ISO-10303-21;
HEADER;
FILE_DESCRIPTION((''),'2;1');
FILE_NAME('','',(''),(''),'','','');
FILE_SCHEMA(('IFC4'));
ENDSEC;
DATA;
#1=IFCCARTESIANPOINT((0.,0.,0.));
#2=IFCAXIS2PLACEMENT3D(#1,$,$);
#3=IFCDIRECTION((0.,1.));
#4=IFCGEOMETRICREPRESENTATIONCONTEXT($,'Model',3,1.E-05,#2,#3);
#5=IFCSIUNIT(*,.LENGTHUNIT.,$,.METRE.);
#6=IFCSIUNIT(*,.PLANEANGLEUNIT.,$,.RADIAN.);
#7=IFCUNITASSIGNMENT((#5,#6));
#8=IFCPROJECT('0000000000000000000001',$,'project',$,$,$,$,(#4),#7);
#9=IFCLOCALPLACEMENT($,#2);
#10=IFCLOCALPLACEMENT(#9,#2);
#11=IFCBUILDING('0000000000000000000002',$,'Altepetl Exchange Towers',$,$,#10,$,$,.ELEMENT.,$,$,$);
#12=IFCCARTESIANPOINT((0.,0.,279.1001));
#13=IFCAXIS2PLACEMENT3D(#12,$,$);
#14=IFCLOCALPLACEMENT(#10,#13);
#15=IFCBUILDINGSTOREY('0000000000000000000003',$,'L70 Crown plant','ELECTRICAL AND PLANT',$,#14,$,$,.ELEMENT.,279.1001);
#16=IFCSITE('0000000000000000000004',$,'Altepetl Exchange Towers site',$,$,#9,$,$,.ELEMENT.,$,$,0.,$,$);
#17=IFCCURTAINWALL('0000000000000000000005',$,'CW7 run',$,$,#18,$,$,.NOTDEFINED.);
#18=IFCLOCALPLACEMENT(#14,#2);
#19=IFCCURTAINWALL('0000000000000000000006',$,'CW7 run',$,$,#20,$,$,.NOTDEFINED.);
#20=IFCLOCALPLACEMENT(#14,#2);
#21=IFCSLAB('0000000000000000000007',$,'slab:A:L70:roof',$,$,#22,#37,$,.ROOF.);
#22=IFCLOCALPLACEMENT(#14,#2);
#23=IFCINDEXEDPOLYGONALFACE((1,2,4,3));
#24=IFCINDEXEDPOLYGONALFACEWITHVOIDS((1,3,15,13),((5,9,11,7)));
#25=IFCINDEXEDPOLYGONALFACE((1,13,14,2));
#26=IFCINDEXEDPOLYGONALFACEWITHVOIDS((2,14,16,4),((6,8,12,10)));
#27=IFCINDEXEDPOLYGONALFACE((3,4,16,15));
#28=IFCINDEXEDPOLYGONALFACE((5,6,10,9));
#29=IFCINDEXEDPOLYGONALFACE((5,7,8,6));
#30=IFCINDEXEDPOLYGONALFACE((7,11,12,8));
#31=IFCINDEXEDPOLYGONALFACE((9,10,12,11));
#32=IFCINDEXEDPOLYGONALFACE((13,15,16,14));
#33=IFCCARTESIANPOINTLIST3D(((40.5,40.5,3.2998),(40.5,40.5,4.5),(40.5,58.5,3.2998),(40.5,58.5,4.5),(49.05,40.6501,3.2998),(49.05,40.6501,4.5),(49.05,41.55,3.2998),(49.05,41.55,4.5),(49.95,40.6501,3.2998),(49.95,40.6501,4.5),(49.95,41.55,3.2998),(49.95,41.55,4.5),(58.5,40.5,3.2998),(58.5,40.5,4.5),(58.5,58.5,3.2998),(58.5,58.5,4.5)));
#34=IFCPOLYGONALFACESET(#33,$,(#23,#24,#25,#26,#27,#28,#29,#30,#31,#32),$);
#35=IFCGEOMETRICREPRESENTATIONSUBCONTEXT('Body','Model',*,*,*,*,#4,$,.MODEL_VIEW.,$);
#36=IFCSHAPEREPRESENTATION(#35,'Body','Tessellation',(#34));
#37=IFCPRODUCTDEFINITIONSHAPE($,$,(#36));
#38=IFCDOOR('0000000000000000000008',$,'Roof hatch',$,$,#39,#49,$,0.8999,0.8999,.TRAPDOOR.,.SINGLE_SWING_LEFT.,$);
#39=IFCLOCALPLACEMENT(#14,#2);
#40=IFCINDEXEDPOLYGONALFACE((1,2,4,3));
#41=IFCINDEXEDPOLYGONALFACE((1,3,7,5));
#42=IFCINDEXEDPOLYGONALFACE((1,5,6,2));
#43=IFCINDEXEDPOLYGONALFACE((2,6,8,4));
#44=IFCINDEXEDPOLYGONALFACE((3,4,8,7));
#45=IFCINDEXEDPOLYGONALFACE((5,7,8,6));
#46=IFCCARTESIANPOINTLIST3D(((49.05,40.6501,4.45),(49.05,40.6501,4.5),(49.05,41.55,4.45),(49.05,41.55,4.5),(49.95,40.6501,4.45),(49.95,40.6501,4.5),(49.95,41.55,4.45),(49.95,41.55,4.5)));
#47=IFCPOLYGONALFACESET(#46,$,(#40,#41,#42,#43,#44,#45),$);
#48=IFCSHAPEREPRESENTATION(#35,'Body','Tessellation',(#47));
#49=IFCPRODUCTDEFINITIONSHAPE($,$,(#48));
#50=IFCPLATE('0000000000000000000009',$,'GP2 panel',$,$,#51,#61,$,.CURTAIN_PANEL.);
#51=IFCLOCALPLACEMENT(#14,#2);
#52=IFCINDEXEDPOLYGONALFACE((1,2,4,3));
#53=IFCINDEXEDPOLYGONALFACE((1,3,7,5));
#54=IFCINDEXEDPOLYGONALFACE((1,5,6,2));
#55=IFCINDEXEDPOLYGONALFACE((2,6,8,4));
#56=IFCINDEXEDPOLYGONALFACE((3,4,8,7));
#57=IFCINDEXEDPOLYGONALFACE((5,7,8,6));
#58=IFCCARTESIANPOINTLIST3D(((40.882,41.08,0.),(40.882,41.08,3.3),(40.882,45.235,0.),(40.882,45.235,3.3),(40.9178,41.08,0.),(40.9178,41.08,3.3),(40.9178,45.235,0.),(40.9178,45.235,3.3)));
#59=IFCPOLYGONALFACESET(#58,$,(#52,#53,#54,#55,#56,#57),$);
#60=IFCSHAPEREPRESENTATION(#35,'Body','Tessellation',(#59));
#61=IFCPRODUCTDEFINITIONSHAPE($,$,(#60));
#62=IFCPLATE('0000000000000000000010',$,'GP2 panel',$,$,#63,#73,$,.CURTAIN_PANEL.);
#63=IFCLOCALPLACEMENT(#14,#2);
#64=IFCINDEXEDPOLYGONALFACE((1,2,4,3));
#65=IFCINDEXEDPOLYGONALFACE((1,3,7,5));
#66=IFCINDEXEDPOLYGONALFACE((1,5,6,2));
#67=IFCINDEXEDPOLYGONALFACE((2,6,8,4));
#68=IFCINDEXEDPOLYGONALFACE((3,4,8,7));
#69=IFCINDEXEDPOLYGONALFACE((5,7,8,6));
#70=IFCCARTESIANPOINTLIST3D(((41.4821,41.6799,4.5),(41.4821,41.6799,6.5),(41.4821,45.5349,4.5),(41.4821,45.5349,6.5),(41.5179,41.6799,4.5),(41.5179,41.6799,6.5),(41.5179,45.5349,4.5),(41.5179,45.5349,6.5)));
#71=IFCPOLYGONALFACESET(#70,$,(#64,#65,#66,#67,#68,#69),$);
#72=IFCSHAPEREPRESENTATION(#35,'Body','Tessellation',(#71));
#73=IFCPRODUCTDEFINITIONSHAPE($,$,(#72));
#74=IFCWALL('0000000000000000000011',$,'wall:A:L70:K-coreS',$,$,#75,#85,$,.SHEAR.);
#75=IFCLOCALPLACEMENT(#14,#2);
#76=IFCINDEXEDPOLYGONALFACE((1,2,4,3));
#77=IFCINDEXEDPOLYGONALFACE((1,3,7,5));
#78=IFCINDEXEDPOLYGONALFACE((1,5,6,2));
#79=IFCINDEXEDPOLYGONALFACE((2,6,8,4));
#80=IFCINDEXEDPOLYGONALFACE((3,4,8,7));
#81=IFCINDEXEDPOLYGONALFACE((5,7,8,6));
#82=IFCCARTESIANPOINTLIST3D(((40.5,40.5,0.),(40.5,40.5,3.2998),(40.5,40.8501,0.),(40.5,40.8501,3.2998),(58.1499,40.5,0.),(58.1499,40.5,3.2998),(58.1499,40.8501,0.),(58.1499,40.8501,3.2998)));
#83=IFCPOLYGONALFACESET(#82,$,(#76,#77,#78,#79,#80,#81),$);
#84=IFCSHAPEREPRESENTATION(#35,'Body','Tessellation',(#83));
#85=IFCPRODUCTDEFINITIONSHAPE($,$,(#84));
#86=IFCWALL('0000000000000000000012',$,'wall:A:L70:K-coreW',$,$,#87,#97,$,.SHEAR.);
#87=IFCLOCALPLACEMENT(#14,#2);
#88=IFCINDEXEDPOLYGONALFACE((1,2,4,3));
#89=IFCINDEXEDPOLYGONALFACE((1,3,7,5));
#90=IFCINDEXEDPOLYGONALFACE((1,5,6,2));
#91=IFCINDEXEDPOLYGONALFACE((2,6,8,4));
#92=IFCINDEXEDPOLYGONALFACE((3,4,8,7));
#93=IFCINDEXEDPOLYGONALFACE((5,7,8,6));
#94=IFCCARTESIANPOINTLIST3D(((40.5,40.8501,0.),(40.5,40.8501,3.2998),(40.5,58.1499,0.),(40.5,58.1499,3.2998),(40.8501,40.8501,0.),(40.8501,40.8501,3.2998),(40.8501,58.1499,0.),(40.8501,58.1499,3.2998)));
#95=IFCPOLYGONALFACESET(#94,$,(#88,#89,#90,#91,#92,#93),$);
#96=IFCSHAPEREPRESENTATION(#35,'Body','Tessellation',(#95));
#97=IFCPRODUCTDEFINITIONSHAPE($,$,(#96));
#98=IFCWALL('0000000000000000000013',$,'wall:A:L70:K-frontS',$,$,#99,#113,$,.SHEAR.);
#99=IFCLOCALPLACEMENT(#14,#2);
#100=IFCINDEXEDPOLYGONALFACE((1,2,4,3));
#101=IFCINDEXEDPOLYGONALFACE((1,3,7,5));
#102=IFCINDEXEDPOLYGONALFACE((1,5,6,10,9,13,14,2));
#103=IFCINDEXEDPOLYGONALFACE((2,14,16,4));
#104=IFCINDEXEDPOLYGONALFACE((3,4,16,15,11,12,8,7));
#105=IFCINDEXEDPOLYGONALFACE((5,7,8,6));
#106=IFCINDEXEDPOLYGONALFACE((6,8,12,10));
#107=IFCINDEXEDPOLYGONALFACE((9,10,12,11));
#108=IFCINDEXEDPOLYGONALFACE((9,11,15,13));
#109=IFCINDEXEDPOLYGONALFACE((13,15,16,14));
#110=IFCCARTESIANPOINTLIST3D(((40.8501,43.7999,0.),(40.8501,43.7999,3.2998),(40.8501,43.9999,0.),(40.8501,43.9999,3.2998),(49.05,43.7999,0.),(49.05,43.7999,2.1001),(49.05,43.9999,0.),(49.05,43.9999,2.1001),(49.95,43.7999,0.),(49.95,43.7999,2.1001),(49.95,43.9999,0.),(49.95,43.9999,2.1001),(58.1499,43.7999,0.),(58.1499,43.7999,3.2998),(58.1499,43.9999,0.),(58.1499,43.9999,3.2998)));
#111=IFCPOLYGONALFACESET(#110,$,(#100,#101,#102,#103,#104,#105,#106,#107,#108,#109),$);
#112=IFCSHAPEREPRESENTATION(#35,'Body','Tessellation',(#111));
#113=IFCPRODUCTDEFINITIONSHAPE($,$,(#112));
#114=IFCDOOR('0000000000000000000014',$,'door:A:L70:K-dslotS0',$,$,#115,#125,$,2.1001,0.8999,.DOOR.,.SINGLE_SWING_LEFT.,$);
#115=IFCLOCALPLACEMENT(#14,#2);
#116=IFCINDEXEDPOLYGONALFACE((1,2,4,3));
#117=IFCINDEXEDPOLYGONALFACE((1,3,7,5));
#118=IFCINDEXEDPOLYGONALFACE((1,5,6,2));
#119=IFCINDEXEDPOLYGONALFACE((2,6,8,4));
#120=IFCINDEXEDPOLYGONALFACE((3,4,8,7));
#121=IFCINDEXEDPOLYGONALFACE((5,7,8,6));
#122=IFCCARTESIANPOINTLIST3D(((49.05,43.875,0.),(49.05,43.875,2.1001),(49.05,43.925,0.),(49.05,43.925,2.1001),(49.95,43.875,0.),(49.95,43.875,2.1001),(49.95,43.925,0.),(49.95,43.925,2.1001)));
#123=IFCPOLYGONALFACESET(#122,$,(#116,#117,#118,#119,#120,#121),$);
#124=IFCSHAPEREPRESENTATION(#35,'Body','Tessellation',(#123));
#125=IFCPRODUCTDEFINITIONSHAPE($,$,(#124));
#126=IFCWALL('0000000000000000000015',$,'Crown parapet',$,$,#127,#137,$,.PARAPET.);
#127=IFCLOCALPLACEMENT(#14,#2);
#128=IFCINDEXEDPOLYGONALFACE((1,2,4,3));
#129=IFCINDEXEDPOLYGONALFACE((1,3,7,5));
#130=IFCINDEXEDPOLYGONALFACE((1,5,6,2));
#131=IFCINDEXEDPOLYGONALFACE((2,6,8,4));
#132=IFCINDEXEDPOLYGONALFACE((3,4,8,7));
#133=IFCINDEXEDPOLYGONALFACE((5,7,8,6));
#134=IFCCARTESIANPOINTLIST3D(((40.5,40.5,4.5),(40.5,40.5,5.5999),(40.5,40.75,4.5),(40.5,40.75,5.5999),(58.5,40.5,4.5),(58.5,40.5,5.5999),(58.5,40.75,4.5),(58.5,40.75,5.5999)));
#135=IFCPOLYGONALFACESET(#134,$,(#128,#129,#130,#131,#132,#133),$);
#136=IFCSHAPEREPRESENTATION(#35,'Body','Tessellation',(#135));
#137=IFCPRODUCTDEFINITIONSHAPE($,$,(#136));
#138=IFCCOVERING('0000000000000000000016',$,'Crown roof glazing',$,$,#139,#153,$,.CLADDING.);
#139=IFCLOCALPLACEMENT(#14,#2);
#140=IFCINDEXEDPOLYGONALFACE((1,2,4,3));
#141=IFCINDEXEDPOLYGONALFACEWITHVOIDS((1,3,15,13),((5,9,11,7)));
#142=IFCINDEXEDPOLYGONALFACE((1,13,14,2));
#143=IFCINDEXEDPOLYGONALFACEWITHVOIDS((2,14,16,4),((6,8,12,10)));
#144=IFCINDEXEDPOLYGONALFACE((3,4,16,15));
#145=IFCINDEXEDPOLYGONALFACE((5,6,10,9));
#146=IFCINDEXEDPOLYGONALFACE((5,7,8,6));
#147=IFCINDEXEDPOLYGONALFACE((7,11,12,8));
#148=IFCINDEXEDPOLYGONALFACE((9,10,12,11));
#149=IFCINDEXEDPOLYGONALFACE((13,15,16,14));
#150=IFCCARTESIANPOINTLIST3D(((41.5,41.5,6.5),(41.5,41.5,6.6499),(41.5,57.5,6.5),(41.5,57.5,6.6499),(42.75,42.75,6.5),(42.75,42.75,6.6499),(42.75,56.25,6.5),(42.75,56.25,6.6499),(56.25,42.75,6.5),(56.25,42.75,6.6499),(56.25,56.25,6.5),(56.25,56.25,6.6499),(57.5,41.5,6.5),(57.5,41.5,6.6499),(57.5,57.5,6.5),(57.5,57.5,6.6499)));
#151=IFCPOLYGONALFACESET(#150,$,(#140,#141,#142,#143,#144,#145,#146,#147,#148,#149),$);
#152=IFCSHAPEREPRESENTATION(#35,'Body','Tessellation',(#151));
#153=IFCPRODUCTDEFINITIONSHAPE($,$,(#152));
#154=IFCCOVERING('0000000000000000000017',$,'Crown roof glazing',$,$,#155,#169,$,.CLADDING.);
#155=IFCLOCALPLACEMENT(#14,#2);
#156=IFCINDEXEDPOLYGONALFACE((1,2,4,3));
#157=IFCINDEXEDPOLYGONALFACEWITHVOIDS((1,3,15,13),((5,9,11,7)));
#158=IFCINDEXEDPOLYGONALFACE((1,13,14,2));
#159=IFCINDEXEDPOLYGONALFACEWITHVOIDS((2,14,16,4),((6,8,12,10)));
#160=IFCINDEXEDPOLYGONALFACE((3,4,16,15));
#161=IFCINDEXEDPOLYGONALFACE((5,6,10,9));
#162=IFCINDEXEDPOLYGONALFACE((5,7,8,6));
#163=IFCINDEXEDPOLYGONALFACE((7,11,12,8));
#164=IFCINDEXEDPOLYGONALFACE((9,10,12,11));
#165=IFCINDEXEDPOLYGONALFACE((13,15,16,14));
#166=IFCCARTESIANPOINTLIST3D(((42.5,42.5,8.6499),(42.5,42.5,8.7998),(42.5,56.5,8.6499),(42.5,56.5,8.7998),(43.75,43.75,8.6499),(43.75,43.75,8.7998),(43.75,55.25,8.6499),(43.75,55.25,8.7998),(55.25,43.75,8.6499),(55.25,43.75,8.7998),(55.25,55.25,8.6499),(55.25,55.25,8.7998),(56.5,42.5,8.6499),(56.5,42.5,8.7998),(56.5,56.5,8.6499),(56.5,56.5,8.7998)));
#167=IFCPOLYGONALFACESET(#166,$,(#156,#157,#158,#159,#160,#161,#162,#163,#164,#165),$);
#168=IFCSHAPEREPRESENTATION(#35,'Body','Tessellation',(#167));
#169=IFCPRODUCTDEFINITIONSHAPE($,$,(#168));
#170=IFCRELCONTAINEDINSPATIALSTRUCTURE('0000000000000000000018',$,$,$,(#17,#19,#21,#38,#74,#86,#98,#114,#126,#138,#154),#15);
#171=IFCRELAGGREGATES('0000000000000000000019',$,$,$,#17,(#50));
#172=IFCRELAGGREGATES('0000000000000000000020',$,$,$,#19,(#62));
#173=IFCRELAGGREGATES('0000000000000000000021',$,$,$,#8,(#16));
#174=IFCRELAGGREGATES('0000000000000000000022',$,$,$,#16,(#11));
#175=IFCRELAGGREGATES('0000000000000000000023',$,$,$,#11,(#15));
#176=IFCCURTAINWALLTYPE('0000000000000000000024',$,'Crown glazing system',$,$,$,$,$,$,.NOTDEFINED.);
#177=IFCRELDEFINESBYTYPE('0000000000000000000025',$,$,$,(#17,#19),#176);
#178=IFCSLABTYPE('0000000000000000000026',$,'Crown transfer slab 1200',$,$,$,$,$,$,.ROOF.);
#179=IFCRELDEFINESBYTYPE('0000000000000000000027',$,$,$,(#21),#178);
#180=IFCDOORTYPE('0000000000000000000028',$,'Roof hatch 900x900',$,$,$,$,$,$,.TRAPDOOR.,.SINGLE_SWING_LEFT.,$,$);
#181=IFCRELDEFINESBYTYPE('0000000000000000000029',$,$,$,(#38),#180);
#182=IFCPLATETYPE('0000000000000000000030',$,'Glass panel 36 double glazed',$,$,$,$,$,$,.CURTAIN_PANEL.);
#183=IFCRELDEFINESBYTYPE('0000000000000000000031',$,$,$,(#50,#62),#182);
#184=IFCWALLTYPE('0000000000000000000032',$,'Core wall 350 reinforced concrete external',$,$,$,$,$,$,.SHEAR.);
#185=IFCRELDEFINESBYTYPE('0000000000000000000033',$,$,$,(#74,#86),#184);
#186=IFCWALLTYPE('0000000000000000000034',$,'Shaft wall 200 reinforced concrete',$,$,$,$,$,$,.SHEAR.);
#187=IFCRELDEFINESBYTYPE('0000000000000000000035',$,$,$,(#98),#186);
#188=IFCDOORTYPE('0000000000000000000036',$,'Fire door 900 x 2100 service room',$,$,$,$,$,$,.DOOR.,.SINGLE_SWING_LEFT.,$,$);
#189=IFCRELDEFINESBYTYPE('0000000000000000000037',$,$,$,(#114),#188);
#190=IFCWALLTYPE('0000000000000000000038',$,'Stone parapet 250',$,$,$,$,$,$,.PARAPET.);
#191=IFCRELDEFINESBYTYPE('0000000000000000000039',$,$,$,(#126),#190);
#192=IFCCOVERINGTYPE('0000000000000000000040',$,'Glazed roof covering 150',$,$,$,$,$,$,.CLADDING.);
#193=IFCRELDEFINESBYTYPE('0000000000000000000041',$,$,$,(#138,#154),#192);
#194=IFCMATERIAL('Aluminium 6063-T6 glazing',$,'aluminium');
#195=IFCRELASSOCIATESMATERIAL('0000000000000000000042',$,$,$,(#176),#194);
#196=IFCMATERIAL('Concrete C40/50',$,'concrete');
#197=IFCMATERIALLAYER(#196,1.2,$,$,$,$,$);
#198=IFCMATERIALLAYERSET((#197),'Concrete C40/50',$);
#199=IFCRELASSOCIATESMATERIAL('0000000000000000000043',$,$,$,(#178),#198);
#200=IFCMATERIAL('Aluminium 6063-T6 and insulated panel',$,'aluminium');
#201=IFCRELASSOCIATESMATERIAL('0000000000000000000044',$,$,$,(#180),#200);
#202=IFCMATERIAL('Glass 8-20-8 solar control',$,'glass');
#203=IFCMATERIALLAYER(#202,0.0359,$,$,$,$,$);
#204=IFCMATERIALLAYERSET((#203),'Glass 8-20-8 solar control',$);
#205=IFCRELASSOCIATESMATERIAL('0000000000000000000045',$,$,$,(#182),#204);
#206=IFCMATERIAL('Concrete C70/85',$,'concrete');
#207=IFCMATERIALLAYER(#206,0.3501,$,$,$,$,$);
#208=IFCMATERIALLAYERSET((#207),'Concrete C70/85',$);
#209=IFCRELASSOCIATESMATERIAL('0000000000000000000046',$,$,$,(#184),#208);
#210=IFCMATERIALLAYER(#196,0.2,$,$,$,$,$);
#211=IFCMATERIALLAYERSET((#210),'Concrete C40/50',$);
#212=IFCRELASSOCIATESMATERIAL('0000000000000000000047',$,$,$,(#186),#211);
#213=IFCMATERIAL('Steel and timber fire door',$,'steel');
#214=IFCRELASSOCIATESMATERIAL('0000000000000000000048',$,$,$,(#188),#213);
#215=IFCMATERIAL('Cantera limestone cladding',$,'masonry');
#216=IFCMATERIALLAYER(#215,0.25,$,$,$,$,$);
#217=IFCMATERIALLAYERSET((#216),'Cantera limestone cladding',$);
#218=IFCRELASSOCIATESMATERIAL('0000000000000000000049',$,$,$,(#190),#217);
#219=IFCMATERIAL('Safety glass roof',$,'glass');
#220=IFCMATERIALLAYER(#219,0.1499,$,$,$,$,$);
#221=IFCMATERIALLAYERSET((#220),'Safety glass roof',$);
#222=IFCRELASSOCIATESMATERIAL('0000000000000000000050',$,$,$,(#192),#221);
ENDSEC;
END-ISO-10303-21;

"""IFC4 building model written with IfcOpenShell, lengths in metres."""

from ifc_helpers import new_model, si_unit, direction, frame, frame_2d, origin, origin_2d, place, context, subcontext, project, spatial, polyline, rectangle, outline, extrude, material, layer, layer_set, type_object, element, fill, aggregate, save


model = new_model("IFC4")

# Units and contexts
model_context = context("Model", 3, precision=1e-05, world=origin(), true_north=direction((0.0, 1.0)))
body_context = subcontext(model_context, "Body", "Model", "MODEL_VIEW")
ifc_project = project(units=[si_unit("LENGTHUNIT", "METRE"), si_unit("PLANEANGLEUNIT", "RADIAN")], contexts=[model_context])

# Site, building, storey
site_placement = place(None, origin())
site = spatial("IfcSite", under=ifc_project, at=site_placement, Name="Altepetl Exchange Towers site", CompositionType="ELEMENT", RefElevation=0.0)
building_placement = place(site_placement, origin())
building = spatial("IfcBuilding", under=site, at=building_placement, Name="Altepetl Exchange Towers", CompositionType="ELEMENT")
storey_placement = place(building_placement, frame((0.0, 0.0, 279.1001)))
storey = spatial("IfcBuildingStorey", under=building, at=storey_placement, Name="L70 Crown plant", Description="ELECTRICAL AND PLANT", CompositionType="ELEMENT", Elevation=279.1001)

# Curtain walls
ifc_material_1 = material(Name="Aluminium 6063-T6 glazing", Category="aluminium")
curtain_wall_type = type_object("IfcCurtainWallType", Name="Crown glazing system", PredefinedType="NOTDEFINED", material=ifc_material_1)
curtain_wall_1_placement = place(storey_placement, origin())
curtain_wall_1 = element("IfcCurtainWall", 1, at=curtain_wall_1_placement, inside=storey, type_object=curtain_wall_type, Name="CW7 run", PredefinedType="NOTDEFINED")
curtain_wall_2_placement = place(storey_placement, origin())
curtain_wall_2 = element("IfcCurtainWall", 2, at=curtain_wall_2_placement, inside=storey, type_object=curtain_wall_type, Name="CW7 run", PredefinedType="NOTDEFINED")

# Shared definitions
ifc_material_2 = material(Name="Concrete C40/50", Category="concrete")

# Slab, opening, door
ifc_layer_1 = layer(ifc_material_2, 1.2)
ifc_layer_set_1 = layer_set([ifc_layer_1], Name="Concrete C40/50")
slab_type_1 = type_object("IfcSlabType", Name="Crown transfer slab 1200", PredefinedType="ROOF", material=ifc_layer_set_1)
slab_1_placement = place(storey_placement, frame((0.0, 0.0, 3.2998)))
slab_1 = element("IfcSlab", 3, at=slab_1_placement, inside=storey, type_object=slab_type_1, Name="slab:A:L70:roof", PredefinedType="ROOF", context=body_context, shape_type="SweptSolid", body=[
    extrude(outline(polyline([(58.5, 40.5), (58.5, 58.5), (40.5, 58.5), (40.5, 40.5), (58.5, 40.5)])), origin(), (0.0, 0.0, 1.0), 1.2002),
])
opening_1_placement = place(slab_1_placement, frame((49.5, 41.1001, -0.01)))
opening_1 = element("IfcOpeningElement", 4, at=opening_1_placement, cuts=slab_1, PredefinedType="OPENING", context=body_context, shape_type="SweptSolid", body=[
    extrude(rectangle(XDim=0.8999, YDim=0.8999, at=origin_2d()), origin(), (0.0, 0.0, 1.0), 1.2202),
])
ifc_material_3 = material(Name="Aluminium 6063-T6 and insulated panel", Category="aluminium")
door_type_1 = type_object("IfcDoorType", Name="Roof hatch 900x900", OperationType="SINGLE_SWING_LEFT", PredefinedType="TRAPDOOR", material=ifc_material_3)
door_1_placement = place(opening_1_placement, frame((0.0, 0.0, 1.1602)))
door_1 = element("IfcDoor", 5, at=door_1_placement, inside=storey, type_object=door_type_1, Name="Roof hatch", OperationType="SINGLE_SWING_LEFT", OverallHeight=0.8999, OverallWidth=0.8999, PredefinedType="TRAPDOOR", context=body_context, shape_type="SweptSolid", body=[
    extrude(rectangle(XDim=0.8999, YDim=0.8999, at=origin_2d()), origin(), (0.0, 0.0, 1.0), 0.05),
])
fill(opening_1, door_1)

# Plates
ifc_material_4 = material(Name="Glass 8-20-8 solar control", Category="glass")
ifc_layer_2 = layer(ifc_material_4, 0.0359)
ifc_layer_set_2 = layer_set([ifc_layer_2], Name="Glass 8-20-8 solar control")
plate_type = type_object("IfcPlateType", Name="Glass panel 36 double glazed", PredefinedType="CURTAIN_PANEL", material=ifc_layer_set_2)
plate_1_placement = place(storey_placement, frame((40.8999, 43.1575, 0.0), z_axis=(0.0, 0.0, 1.0), x_axis=(0.0, -1.0, 0.0)))
plate_1 = element("IfcPlate", 6, at=plate_1_placement, type_object=plate_type, Name="GP2 panel", PredefinedType="CURTAIN_PANEL", context=body_context, shape_type="SweptSolid", body=[
    extrude(rectangle(XDim=4.155, YDim=0.0359, at=origin_2d()), origin(), (0.0, 0.0, 1.0), 3.3),
])
aggregate(curtain_wall_1, [plate_1])
plate_2_placement = place(storey_placement, frame((41.5, 43.6074, 4.5), z_axis=(0.0, 0.0, 1.0), x_axis=(0.0, -1.0, 0.0)))
plate_2 = element("IfcPlate", 7, at=plate_2_placement, type_object=plate_type, Name="GP2 panel", PredefinedType="CURTAIN_PANEL", context=body_context, shape_type="SweptSolid", body=[
    extrude(rectangle(XDim=3.855, YDim=0.0359, at=origin_2d()), origin(), (0.0, 0.0, 1.0), 2.0),
])
aggregate(curtain_wall_2, [plate_2])

# Walls
ifc_material_5 = material(Name="Concrete C70/85", Category="concrete")
ifc_layer_3 = layer(ifc_material_5, 0.3501)
ifc_layer_set_3 = layer_set([ifc_layer_3], Name="Concrete C70/85")
wall_type_1 = type_object("IfcWallType", Name="Core wall 350 reinforced concrete external", PredefinedType="SHEAR", material=ifc_layer_set_3)
wall_1_placement = place(storey_placement, frame((40.5, 40.675, 0.0)))
element("IfcWall", 8, at=wall_1_placement, inside=storey, type_object=wall_type_1, Name="wall:A:L70:K-coreS", PredefinedType="SHEAR", context=body_context, shape_type="SweptSolid", body=[
    extrude(rectangle(XDim=17.6499, YDim=0.3501, at=frame_2d((8.825, 0.0))), origin(), (0.0, 0.0, 1.0), 3.2998),
])
wall_2_placement = place(storey_placement, frame((40.675, 40.8501, 0.0), z_axis=(0.0, 0.0, 1.0), x_axis=(0.0, 1.0, 0.0)))
element("IfcWall", 9, at=wall_2_placement, inside=storey, type_object=wall_type_1, Name="wall:A:L70:K-coreW", PredefinedType="SHEAR", context=body_context, shape_type="SweptSolid", body=[
    extrude(rectangle(XDim=17.2998, YDim=0.3501, at=frame_2d((8.6499, 0.0))), origin(), (0.0, 0.0, 1.0), 3.2998),
])

# Wall, opening, door
ifc_layer_4 = layer(ifc_material_2, 0.2)
ifc_layer_set_4 = layer_set([ifc_layer_4], Name="Concrete C40/50")
wall_type_2 = type_object("IfcWallType", Name="Shaft wall 200 reinforced concrete", PredefinedType="SHEAR", material=ifc_layer_set_4)
wall_3_placement = place(storey_placement, frame((40.8501, 43.8999, 0.0)))
wall_3 = element("IfcWall", 10, at=wall_3_placement, inside=storey, type_object=wall_type_2, Name="wall:A:L70:K-frontS", PredefinedType="SHEAR", context=body_context, shape_type="SweptSolid", body=[
    extrude(rectangle(XDim=17.2998, YDim=0.2, at=frame_2d((8.6499, 0.0))), origin(), (0.0, 0.0, 1.0), 3.2998),
])
opening_2_placement = place(wall_3_placement, frame((8.2, 0.0, 0.0)))
opening_2 = element("IfcOpeningElement", 11, at=opening_2_placement, cuts=wall_3, PredefinedType="OPENING", context=body_context, shape_type="SweptSolid", body=[
    extrude(rectangle(XDim=0.8999, YDim=2.1001, at=frame_2d((0.45, 1.05))), frame((0.0, 0.1099, 0.0), z_axis=(0.0, -1.0, 0.0), x_axis=(1.0, 0.0, 0.0)), (0.0, 0.0, 1.0), 0.22),
])
ifc_material_6 = material(Name="Steel and timber fire door", Category="steel")
door_type_2 = type_object("IfcDoorType", Name="Fire door 900 x 2100 service room", OperationType="SINGLE_SWING_LEFT", PredefinedType="DOOR", material=ifc_material_6)
door_2_placement = place(opening_2_placement, frame((0.8999, 0.0, 0.0), x_axis=(-1.0, 0.0, 0.0)))
door_2 = element("IfcDoor", 12, at=door_2_placement, inside=storey, type_object=door_type_2, Name="door:A:L70:K-dslotS0", OperationType="SINGLE_SWING_LEFT", OverallHeight=2.1001, OverallWidth=0.8999, PredefinedType="DOOR", context=body_context, shape_type="SweptSolid", body=[
    extrude(rectangle(XDim=0.8999, YDim=2.1001, at=frame_2d((0.45, 1.05))), frame((0.0, 0.0249, 0.0), z_axis=(0.0, -1.0, 0.0), x_axis=(1.0, 0.0, 0.0)), (0.0, 0.0, 1.0), 0.05),
])
fill(opening_2, door_2)

# Wall
ifc_material_7 = material(Name="Cantera limestone cladding", Category="masonry")
ifc_layer_5 = layer(ifc_material_7, 0.25)
ifc_layer_set_5 = layer_set([ifc_layer_5], Name="Cantera limestone cladding")
wall_type_3 = type_object("IfcWallType", Name="Stone parapet 250", PredefinedType="PARAPET", material=ifc_layer_set_5)
wall_4_placement = place(storey_placement, frame((40.5, 40.625, 4.5)))
element("IfcWall", 13, at=wall_4_placement, inside=storey, type_object=wall_type_3, Name="Crown parapet", PredefinedType="PARAPET", context=body_context, shape_type="SweptSolid", body=[
    extrude(rectangle(XDim=18.0, YDim=0.25, at=frame_2d((9.0, 0.0))), origin(), (0.0, 0.0, 1.0), 1.0999),
])

# Coverings
ifc_material_8 = material(Name="Safety glass roof", Category="glass")
ifc_layer_6 = layer(ifc_material_8, 0.1499)
ifc_layer_set_6 = layer_set([ifc_layer_6], Name="Safety glass roof")
covering_type = type_object("IfcCoveringType", Name="Glazed roof covering 150", PredefinedType="CLADDING", material=ifc_layer_set_6)
covering_1_placement = place(storey_placement, frame((0.0, 0.0, 6.5)))
element("IfcCovering", 14, at=covering_1_placement, inside=storey, type_object=covering_type, Name="Crown roof glazing", PredefinedType="CLADDING", context=body_context, shape_type="SweptSolid", body=[
    extrude(outline(polyline([(41.5, 41.5), (57.5, 41.5), (57.5, 57.5), (41.5, 57.5), (41.5, 41.5)]), holes=[polyline([(42.75, 42.75), (56.25, 42.75), (56.25, 56.25), (42.75, 56.25), (42.75, 42.75)])]), origin(), (0.0, 0.0, 1.0), 0.1499),
])
covering_2_placement = place(storey_placement, frame((0.0, 0.0, 8.6499)))
element("IfcCovering", 15, at=covering_2_placement, inside=storey, type_object=covering_type, Name="Crown roof glazing", PredefinedType="CLADDING", context=body_context, shape_type="SweptSolid", body=[
    extrude(outline(polyline([(42.5, 42.5), (56.5, 42.5), (56.5, 56.5), (42.5, 56.5), (42.5, 42.5)]), holes=[polyline([(43.75, 43.75), (55.25, 43.75), (55.25, 55.25), (43.75, 55.25), (43.75, 43.75)])]), origin(), (0.0, 0.0, 1.0), 0.1499),
])

save(model, "model.ifc")
